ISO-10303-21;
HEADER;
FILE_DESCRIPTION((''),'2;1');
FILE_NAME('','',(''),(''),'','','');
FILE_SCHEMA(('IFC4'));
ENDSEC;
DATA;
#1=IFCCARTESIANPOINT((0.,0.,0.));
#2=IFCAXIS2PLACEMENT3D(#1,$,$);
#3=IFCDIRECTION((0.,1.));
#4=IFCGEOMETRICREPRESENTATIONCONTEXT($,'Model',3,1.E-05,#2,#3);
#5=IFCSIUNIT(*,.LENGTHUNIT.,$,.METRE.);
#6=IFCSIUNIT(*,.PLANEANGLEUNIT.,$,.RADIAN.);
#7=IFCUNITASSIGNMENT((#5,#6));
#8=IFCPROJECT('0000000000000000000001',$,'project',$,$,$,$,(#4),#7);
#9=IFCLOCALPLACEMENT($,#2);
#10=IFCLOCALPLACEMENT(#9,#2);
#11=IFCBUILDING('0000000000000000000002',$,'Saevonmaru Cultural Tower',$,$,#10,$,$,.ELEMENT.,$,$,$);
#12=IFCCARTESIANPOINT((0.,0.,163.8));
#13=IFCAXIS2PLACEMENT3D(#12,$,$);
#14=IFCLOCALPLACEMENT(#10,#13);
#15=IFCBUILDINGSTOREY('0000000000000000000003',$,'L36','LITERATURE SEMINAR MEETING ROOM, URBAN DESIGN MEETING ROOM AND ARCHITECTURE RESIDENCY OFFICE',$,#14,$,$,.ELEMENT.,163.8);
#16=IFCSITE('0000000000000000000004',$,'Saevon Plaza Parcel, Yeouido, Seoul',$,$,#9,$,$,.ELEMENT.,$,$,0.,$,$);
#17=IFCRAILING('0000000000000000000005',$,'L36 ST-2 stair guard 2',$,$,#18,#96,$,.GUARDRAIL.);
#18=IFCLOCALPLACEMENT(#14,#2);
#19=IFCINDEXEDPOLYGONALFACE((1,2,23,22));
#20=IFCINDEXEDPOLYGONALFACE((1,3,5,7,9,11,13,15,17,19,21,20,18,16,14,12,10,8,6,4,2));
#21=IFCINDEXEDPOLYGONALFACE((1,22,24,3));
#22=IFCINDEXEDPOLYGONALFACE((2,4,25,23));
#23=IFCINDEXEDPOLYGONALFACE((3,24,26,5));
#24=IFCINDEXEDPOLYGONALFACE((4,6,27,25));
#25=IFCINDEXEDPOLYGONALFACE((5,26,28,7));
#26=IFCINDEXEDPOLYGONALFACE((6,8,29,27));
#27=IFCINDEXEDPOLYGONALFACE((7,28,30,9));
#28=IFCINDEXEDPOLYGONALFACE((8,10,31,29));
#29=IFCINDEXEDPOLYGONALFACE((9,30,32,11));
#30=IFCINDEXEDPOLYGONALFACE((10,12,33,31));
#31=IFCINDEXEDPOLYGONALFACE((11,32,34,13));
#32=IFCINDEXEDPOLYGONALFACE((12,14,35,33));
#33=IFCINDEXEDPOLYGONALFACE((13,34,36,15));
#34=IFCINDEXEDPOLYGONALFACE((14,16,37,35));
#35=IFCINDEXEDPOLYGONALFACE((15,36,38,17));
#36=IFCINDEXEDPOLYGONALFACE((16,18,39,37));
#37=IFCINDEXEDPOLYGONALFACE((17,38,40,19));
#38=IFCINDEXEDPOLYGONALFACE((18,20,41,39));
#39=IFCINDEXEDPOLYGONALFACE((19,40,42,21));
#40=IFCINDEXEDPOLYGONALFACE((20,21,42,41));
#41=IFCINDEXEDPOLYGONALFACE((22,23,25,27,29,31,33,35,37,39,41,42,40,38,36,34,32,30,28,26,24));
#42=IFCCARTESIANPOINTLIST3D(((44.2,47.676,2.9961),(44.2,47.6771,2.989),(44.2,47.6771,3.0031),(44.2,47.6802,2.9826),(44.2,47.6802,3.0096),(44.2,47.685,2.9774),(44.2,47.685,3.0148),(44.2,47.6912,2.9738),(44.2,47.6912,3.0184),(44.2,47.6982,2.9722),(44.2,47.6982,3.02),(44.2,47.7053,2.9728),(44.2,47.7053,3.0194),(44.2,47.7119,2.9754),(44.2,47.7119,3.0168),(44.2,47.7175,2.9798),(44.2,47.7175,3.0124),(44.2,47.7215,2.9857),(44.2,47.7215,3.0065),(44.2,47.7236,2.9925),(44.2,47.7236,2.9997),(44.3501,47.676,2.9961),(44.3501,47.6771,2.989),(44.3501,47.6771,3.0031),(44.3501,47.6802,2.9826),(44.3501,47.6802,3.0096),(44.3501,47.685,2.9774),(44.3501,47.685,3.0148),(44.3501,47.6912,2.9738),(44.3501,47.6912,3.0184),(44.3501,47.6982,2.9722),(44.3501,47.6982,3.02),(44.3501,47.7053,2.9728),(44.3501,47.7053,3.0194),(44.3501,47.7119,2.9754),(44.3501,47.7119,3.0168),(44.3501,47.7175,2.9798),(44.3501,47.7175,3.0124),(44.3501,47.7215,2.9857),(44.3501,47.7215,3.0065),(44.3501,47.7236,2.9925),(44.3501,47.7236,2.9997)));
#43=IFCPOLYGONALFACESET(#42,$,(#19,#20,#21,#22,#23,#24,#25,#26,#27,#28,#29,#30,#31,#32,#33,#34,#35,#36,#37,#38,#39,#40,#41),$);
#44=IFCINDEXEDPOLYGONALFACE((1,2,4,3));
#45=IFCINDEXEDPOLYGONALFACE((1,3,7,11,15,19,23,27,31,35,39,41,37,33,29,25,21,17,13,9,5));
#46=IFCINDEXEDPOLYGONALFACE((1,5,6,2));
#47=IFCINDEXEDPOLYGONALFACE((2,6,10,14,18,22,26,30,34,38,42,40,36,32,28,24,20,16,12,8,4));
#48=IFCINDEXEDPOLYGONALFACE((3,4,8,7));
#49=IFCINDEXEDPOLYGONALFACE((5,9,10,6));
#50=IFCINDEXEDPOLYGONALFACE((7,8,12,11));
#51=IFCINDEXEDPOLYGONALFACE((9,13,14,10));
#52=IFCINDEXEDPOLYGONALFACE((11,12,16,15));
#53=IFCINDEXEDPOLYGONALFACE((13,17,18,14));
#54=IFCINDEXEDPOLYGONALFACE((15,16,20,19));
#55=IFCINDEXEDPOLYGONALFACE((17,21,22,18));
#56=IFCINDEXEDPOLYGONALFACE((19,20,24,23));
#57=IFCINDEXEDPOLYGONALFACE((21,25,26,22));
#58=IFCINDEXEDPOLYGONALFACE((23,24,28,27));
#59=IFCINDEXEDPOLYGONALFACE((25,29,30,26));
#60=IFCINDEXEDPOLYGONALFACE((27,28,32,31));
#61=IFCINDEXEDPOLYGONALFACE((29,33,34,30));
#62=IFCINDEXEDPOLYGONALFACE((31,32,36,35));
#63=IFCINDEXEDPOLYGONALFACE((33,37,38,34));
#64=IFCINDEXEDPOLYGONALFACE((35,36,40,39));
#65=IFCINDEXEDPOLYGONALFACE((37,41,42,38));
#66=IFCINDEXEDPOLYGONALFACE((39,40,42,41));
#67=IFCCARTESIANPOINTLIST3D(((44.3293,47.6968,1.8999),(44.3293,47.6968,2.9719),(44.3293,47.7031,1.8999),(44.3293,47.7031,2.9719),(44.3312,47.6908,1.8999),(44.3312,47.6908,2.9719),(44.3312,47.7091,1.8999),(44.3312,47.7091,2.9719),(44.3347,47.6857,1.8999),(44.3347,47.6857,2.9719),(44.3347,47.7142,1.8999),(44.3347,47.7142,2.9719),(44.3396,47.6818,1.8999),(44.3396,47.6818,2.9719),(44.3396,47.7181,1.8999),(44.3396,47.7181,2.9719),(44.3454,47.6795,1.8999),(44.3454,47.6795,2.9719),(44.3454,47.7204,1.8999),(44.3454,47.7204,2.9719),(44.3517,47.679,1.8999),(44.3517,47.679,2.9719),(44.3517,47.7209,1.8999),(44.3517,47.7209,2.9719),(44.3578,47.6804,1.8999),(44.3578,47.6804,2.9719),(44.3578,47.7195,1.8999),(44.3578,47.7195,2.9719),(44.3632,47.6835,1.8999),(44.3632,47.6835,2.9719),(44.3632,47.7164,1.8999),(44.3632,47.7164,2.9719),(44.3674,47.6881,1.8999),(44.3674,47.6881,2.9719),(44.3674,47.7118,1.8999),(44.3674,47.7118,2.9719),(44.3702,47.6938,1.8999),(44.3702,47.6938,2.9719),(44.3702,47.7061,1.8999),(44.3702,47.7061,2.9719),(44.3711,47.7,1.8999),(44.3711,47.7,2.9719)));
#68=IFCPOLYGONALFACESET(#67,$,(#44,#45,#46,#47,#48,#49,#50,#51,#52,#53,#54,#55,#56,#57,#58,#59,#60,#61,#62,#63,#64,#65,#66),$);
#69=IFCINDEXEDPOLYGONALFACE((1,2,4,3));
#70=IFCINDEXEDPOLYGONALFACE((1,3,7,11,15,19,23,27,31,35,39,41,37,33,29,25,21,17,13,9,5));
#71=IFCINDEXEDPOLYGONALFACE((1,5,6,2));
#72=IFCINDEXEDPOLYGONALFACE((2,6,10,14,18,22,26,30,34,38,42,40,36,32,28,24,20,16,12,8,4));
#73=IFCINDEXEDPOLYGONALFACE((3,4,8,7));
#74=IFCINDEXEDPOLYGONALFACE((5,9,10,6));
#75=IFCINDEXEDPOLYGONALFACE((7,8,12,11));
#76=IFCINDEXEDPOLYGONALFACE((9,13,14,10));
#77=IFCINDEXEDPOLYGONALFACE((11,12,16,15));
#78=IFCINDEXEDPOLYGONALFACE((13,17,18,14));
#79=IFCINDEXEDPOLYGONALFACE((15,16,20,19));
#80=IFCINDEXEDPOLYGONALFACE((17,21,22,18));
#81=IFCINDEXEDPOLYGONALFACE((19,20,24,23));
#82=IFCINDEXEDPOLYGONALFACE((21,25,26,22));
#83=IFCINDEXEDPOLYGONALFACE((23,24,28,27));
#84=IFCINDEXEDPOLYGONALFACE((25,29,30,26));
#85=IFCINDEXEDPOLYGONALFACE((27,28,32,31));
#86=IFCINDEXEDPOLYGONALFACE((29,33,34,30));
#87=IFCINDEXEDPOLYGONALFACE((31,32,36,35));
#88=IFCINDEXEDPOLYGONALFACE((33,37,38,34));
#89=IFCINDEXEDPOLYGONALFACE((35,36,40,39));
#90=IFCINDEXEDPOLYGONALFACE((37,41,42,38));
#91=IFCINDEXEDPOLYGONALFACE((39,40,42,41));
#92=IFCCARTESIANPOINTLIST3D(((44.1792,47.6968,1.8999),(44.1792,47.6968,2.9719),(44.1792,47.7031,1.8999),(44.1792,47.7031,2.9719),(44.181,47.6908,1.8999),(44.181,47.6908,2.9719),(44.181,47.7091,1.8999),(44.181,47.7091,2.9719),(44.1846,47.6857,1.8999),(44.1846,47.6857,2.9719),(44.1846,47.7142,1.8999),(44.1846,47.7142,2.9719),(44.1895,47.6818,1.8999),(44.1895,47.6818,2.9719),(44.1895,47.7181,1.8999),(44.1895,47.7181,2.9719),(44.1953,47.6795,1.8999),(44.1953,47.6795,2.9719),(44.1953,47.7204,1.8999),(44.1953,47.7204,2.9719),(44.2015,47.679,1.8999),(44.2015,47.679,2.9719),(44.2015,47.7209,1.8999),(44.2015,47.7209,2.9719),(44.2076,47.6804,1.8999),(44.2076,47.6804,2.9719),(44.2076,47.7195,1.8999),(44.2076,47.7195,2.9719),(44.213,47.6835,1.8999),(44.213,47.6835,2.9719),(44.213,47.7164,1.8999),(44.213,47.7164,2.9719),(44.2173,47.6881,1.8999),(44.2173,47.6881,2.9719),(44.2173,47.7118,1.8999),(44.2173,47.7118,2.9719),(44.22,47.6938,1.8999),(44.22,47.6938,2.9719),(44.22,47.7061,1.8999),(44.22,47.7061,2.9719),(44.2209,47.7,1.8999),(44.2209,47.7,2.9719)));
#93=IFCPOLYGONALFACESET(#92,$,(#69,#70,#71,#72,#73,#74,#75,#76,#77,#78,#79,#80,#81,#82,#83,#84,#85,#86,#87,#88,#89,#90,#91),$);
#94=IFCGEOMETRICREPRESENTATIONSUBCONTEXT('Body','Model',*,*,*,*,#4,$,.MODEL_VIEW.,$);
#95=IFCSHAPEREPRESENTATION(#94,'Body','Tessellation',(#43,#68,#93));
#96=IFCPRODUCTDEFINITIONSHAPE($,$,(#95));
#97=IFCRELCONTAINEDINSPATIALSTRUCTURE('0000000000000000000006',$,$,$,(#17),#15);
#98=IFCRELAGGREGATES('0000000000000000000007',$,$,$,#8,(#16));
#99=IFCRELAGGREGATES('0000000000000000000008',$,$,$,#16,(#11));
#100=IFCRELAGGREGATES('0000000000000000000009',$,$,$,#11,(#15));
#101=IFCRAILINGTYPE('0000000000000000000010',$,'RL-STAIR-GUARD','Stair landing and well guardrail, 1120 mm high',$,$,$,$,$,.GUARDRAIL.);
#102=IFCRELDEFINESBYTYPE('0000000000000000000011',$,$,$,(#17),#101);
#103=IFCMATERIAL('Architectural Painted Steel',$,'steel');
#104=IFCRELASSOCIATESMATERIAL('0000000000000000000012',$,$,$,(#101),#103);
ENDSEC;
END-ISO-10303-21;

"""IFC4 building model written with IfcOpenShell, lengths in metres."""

from ifc_helpers import new_model, si_unit, direction, frame, origin, origin_2d, place, context, subcontext, project, spatial, circle, extrude, material, type_object, element, save


model = new_model("IFC4")

# Units and contexts
model_context = context("Model", 3, precision=1e-05, world=origin(), true_north=direction((0.0, 1.0)))
body_context = subcontext(model_context, "Body", "Model", "MODEL_VIEW")
ifc_project = project(units=[si_unit("LENGTHUNIT", "METRE"), si_unit("PLANEANGLEUNIT", "RADIAN")], contexts=[model_context])

# Site, building, storey
site_placement = place(None, origin())
site = spatial("IfcSite", under=ifc_project, at=site_placement, Name="Saevon Plaza Parcel, Yeouido, Seoul", CompositionType="ELEMENT", RefElevation=0.0)
building_placement = place(site_placement, origin())
building = spatial("IfcBuilding", under=site, at=building_placement, Name="Saevonmaru Cultural Tower", CompositionType="ELEMENT")
storey_placement = place(building_placement, frame((0.0, 0.0, 163.8)))
storey = spatial("IfcBuildingStorey", under=building, at=storey_placement, Name="L36", Description="LITERATURE SEMINAR MEETING ROOM, URBAN DESIGN MEETING ROOM AND ARCHITECTURE RESIDENCY OFFICE", CompositionType="ELEMENT", Elevation=163.8)

# Railing
ifc_material_1 = material(Name="Architectural Painted Steel", Category="steel")
railing_type_1 = type_object("IfcRailingType", Name="RL-STAIR-GUARD", Description="Stair landing and well guardrail, 1120 mm high", PredefinedType="GUARDRAIL", material=ifc_material_1)
railing_1_placement = place(storey_placement, frame((44.3501, 47.7, 1.8999)))
element("IfcRailing", 1, at=railing_1_placement, inside=storey, type_object=railing_type_1, Name="L36 ST-2 stair guard 2", PredefinedType="GUARDRAIL", context=body_context, shape_type="SweptSolid", body=[
    extrude(circle(Radius=0.0239, at=origin_2d()), frame((0.0, 0.0, 1.0962), z_axis=(-1.0, 0.0, 0.0), x_axis=(0.0, -1.0, 0.0)), (0.0, 0.0, 1.0), 0.1501),
    extrude(circle(Radius=0.021, at=origin_2d()), origin(), (0.0, 0.0, 1.0), 1.072),
    extrude(circle(Radius=0.021, at=origin_2d()), frame((-0.1501, 0.0, 0.0)), (0.0, 0.0, 1.0), 1.072),
])

save(model, "model.ifc")
